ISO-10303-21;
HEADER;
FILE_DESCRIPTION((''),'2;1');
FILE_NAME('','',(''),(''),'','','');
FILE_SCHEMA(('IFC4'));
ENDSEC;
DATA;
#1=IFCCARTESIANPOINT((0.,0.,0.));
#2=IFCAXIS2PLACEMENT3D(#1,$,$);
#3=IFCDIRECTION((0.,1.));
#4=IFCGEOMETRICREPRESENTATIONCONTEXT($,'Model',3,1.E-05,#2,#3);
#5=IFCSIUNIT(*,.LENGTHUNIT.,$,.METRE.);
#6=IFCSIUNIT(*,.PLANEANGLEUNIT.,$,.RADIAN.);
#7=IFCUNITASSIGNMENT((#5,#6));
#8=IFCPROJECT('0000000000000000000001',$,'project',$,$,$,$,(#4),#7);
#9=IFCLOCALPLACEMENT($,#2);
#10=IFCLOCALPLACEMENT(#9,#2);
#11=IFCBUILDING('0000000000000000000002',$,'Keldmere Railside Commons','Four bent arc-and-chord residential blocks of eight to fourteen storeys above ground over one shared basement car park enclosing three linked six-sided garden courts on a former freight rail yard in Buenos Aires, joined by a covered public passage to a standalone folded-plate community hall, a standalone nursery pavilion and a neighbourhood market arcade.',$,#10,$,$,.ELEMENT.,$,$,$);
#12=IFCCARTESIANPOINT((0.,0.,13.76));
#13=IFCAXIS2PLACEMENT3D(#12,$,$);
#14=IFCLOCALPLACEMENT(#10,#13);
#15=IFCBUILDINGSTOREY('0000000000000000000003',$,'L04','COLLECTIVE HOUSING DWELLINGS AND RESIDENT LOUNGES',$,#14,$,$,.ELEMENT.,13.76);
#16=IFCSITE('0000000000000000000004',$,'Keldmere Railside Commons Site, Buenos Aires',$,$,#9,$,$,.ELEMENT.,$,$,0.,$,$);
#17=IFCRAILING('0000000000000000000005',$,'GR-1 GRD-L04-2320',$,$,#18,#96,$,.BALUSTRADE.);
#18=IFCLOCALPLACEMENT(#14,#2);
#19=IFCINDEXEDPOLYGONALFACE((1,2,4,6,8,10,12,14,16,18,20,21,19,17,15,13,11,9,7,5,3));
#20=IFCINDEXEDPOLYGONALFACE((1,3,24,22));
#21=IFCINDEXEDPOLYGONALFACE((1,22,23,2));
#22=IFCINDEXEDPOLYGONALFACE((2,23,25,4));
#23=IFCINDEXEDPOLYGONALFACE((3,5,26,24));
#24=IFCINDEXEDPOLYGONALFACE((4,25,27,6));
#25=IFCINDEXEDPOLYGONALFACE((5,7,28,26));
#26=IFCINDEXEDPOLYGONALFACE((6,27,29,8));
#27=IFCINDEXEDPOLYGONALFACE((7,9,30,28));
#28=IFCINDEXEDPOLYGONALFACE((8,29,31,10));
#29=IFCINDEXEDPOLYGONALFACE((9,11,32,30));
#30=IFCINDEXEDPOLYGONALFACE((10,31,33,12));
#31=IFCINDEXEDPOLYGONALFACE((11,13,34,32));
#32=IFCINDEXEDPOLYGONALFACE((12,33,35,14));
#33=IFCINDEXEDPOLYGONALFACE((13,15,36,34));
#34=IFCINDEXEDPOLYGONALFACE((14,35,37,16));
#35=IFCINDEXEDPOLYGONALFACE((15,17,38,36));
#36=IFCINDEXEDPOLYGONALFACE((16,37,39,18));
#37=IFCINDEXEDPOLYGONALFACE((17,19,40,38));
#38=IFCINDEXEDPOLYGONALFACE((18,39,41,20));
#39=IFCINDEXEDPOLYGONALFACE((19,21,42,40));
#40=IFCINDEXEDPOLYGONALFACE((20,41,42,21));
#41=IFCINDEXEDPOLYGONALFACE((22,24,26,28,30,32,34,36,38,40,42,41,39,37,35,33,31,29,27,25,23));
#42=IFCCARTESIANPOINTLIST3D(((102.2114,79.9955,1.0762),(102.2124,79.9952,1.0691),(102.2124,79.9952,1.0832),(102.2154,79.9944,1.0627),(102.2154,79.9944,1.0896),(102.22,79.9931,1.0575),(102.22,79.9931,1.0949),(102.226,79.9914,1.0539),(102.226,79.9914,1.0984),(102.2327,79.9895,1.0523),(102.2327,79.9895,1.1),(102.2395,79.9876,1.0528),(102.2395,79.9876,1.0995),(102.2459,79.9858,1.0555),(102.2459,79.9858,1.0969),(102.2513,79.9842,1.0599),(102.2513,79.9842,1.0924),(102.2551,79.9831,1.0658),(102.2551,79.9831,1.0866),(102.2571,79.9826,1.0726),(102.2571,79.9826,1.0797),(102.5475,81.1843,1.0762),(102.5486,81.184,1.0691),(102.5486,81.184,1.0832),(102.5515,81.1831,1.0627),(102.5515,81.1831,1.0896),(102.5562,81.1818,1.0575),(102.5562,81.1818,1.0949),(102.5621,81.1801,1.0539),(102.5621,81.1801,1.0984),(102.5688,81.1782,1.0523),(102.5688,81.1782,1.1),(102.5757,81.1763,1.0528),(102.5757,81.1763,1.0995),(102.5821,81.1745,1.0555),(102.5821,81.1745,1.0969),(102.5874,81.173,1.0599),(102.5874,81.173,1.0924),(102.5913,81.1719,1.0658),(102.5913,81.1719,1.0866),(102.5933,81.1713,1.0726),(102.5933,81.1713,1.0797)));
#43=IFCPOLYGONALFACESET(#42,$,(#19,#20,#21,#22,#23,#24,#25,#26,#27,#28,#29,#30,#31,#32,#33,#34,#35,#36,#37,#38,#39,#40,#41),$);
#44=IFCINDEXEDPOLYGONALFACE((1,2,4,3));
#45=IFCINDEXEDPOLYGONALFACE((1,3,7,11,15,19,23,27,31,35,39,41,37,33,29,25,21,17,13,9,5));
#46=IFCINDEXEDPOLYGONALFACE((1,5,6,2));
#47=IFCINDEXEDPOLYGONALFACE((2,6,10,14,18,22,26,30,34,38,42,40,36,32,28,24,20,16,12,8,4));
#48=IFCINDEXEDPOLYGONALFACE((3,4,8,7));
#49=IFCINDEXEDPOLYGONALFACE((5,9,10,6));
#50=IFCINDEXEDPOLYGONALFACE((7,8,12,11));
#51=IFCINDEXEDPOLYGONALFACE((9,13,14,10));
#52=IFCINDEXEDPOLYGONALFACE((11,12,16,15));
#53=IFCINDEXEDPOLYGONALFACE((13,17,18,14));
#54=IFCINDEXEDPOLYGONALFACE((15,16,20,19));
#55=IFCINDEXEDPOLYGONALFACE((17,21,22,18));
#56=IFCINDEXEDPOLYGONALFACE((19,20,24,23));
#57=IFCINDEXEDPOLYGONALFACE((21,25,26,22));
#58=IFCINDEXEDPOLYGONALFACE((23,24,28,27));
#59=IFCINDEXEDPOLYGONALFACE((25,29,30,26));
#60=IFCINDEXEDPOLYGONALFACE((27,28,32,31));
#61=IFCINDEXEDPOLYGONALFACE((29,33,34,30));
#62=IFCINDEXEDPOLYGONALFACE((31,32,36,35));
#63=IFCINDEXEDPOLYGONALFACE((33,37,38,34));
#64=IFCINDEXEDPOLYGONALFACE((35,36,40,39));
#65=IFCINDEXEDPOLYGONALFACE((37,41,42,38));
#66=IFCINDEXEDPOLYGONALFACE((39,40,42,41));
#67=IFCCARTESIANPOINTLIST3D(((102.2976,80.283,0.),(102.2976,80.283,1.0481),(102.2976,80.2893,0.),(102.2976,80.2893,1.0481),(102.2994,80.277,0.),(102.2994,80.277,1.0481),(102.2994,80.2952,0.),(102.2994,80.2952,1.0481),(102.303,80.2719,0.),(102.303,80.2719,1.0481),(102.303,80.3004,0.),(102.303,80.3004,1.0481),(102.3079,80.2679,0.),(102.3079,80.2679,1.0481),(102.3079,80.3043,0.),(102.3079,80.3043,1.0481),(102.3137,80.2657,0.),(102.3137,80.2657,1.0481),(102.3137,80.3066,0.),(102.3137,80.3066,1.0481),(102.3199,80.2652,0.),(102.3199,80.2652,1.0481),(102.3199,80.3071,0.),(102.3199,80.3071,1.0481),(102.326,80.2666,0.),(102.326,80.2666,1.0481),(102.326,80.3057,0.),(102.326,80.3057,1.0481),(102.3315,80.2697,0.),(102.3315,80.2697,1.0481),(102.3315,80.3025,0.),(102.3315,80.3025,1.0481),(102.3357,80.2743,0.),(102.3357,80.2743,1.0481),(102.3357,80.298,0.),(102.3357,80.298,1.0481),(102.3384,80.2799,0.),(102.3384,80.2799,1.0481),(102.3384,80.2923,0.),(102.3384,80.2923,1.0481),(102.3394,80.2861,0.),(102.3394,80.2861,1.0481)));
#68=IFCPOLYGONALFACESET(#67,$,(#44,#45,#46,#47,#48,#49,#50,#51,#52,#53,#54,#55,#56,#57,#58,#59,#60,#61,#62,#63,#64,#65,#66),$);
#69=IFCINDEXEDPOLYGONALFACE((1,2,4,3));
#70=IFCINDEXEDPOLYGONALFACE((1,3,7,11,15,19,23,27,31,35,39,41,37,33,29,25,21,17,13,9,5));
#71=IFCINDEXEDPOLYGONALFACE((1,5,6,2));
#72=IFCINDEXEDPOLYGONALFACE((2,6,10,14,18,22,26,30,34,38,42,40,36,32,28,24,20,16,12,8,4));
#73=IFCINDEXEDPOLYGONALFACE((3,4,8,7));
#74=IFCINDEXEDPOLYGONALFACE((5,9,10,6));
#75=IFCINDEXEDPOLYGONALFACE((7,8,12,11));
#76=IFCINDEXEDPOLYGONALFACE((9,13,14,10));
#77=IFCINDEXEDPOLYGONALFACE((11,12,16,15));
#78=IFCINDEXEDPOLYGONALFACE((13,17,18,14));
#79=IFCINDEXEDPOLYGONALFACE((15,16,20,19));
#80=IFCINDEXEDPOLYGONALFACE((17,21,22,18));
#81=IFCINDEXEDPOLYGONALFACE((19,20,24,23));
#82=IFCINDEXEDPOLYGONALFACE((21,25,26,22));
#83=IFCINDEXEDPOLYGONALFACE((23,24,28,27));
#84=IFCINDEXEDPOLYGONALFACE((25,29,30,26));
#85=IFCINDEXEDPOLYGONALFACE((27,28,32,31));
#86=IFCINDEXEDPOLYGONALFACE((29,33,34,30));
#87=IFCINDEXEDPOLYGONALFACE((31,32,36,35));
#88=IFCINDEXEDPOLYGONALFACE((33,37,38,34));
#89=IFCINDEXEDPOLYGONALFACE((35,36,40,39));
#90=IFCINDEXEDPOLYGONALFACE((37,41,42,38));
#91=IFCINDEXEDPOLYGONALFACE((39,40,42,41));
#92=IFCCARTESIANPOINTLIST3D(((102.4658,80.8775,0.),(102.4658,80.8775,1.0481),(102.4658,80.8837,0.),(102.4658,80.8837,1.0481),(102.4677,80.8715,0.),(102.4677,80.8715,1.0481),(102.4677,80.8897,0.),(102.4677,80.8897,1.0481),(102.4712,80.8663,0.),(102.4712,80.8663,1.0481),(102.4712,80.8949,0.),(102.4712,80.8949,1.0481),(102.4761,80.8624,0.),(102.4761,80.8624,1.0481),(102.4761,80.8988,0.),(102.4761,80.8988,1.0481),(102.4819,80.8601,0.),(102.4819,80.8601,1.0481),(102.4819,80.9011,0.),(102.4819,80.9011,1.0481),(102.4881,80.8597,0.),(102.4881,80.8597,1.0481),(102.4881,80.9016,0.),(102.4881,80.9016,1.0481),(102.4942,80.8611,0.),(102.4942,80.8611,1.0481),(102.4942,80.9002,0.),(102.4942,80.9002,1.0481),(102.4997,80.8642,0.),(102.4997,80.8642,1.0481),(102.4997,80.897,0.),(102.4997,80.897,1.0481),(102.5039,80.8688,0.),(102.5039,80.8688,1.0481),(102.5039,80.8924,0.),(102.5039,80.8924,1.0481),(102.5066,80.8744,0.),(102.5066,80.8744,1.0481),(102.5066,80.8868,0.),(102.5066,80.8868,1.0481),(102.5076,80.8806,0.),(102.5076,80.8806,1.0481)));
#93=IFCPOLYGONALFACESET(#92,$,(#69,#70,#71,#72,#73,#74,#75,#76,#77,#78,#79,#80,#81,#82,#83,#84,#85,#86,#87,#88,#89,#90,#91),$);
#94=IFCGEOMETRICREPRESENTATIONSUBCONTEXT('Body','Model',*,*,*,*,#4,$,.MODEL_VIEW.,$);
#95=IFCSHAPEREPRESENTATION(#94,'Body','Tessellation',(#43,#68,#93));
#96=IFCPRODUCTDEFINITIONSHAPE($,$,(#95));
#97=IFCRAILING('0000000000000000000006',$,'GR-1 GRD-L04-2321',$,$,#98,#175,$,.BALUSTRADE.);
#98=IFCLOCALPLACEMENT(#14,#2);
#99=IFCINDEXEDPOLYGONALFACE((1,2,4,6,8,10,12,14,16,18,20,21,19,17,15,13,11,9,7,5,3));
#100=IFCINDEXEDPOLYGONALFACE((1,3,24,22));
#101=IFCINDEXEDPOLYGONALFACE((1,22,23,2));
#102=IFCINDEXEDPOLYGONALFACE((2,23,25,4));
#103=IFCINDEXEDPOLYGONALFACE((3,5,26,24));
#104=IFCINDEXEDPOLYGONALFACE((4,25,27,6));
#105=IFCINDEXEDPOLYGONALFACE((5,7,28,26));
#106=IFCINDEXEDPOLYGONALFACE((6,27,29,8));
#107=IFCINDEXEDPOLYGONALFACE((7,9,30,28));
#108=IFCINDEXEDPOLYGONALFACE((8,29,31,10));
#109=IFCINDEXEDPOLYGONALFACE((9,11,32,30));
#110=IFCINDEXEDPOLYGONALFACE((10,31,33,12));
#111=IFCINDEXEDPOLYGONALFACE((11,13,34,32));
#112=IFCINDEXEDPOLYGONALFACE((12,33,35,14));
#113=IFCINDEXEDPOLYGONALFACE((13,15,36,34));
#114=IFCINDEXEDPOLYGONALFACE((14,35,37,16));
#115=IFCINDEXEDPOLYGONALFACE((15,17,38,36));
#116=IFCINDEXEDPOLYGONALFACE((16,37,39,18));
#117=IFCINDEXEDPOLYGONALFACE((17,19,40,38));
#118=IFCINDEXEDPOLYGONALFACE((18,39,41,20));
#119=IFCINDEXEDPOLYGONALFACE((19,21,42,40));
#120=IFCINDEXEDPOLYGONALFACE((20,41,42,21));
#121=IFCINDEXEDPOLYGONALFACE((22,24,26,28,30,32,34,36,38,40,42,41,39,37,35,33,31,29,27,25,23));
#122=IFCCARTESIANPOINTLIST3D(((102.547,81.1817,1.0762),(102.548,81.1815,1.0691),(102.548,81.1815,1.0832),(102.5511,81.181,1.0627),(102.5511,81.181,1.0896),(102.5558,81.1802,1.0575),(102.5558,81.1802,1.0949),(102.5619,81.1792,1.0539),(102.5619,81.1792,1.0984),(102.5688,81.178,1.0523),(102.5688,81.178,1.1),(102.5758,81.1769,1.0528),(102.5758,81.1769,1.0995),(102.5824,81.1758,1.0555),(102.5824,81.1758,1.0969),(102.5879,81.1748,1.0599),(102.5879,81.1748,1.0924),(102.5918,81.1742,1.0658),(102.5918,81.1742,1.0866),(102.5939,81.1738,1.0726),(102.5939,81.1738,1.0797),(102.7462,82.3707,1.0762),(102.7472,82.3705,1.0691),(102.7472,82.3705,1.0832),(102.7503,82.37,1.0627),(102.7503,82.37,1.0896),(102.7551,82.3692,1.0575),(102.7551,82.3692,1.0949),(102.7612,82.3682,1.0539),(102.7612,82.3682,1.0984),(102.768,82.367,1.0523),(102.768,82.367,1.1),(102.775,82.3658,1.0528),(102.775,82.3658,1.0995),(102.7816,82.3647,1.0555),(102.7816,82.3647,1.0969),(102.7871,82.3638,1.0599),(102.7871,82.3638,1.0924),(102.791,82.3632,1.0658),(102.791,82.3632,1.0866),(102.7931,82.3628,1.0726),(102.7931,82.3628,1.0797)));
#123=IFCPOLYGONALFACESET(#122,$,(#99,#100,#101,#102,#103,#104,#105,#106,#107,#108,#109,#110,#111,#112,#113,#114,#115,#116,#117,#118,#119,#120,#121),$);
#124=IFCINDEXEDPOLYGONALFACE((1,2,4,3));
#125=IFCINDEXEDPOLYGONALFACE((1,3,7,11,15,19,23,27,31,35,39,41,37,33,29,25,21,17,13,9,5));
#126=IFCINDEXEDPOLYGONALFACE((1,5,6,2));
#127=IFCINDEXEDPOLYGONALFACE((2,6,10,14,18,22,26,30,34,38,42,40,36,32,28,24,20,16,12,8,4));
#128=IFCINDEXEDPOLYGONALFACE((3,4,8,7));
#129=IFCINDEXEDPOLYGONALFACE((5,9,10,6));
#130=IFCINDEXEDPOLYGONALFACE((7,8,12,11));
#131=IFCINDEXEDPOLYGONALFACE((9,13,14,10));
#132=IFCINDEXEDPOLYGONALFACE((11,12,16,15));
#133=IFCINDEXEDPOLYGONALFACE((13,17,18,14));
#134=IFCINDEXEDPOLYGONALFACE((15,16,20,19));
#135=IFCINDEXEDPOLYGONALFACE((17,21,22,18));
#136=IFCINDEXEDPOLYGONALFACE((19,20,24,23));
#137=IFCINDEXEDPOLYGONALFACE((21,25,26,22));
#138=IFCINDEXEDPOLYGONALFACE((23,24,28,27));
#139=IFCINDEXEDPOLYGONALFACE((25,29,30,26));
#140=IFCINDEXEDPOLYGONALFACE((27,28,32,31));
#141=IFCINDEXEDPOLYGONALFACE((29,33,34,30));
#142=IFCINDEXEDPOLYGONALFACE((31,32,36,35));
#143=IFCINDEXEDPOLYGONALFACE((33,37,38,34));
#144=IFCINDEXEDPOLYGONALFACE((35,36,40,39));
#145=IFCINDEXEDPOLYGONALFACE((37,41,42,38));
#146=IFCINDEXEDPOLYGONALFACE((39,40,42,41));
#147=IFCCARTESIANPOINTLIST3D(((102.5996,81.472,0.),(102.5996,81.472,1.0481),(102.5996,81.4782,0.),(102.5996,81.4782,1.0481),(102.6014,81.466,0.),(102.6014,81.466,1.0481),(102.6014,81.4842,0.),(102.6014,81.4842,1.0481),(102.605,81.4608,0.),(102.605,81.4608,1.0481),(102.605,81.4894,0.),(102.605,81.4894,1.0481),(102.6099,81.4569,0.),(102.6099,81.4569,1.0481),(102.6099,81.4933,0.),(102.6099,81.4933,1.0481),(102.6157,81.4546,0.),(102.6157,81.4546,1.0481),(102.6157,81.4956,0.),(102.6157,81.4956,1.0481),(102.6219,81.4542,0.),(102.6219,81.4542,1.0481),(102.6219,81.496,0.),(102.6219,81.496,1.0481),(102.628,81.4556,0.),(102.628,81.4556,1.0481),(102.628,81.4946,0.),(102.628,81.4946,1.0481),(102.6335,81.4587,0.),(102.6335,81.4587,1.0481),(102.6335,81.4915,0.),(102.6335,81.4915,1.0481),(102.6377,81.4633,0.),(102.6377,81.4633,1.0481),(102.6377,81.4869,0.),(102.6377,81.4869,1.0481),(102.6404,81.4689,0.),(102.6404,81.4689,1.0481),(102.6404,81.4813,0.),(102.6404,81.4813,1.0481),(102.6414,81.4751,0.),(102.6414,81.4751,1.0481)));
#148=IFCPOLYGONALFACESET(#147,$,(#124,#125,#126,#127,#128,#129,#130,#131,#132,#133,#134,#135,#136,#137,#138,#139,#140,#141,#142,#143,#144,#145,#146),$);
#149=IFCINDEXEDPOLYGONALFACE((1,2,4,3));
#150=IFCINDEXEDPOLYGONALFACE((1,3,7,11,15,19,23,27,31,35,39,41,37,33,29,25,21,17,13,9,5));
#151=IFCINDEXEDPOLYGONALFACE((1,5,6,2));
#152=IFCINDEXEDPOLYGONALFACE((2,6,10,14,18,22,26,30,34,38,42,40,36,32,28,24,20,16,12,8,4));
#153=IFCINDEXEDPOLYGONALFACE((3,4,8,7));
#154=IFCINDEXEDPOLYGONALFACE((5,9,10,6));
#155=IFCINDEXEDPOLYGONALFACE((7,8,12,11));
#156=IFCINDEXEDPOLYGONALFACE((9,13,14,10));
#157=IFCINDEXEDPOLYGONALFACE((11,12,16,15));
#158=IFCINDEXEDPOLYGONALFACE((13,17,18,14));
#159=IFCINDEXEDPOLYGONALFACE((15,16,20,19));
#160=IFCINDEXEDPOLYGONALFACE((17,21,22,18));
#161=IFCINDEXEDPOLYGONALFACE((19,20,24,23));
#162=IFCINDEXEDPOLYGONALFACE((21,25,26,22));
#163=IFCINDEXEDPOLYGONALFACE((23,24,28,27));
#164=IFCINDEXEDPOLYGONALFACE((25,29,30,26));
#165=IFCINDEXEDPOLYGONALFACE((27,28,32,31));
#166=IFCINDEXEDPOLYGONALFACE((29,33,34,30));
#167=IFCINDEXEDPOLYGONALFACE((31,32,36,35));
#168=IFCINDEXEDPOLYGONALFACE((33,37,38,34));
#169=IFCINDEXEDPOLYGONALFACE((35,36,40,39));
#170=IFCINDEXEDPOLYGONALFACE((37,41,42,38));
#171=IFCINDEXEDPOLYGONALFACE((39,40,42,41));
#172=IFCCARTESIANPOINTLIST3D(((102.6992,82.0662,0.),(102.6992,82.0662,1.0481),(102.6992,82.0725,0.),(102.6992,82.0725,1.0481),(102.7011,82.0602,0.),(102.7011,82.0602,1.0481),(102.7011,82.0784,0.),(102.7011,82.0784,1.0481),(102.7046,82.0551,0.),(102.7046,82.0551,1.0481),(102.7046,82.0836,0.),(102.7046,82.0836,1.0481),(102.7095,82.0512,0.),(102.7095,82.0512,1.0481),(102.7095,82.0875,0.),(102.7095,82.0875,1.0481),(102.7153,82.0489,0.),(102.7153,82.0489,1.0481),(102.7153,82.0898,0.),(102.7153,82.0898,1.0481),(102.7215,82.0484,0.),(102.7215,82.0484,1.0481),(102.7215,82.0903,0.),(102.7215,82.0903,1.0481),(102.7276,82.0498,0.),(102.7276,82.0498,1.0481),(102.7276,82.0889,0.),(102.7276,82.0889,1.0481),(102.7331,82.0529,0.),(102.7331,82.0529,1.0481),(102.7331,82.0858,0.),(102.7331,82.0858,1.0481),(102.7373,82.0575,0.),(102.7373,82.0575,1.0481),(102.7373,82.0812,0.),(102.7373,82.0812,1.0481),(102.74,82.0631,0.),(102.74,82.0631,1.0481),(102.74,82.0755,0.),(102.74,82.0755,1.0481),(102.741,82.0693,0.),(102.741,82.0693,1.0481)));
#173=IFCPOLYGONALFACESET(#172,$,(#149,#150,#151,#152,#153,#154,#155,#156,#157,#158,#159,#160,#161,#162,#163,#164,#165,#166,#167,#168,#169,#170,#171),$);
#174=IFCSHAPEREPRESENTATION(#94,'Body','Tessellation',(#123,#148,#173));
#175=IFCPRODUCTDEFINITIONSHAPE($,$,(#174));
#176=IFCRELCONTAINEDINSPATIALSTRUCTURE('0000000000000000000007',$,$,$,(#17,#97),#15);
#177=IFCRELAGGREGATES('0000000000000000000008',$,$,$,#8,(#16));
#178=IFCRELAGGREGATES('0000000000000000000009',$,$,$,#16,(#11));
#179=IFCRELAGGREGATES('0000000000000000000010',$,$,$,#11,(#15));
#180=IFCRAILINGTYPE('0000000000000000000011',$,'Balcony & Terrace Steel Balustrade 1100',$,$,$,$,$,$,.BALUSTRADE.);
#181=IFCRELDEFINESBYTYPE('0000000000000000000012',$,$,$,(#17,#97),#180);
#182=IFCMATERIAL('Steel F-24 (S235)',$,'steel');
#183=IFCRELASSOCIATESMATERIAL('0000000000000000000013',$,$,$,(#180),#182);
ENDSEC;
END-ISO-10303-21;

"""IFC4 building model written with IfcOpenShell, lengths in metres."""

from ifc_helpers import new_model, si_unit, direction, frame, origin, origin_2d, place, context, subcontext, project, spatial, circle, extrude, material, type_object, element, save


model = new_model("IFC4")

# Units and contexts
model_context = context("Model", 3, precision=1e-05, world=origin(), true_north=direction((0.0, 1.0)))
body_context = subcontext(model_context, "Body", "Model", "MODEL_VIEW")
ifc_project = project(units=[si_unit("LENGTHUNIT", "METRE"), si_unit("PLANEANGLEUNIT", "RADIAN")], contexts=[model_context])

# Site, building, storey
site_placement = place(None, origin())
site = spatial("IfcSite", under=ifc_project, at=site_placement, Name="Keldmere Railside Commons Site, Buenos Aires", CompositionType="ELEMENT", RefElevation=0.0)
building_placement = place(site_placement, origin())
building = spatial("IfcBuilding", under=site, at=building_placement, Name="Keldmere Railside Commons", Description="Four bent arc-and-chord residential blocks of eight to fourteen storeys above ground over one shared basement car park enclosing three linked six-sided garden courts on a former freight rail yard in Buenos Aires, joined by a covered public passage to a standalone folded-plate community hall, a standalone nursery pavilion and a neighbourhood market arcade.", CompositionType="ELEMENT")
storey_placement = place(building_placement, frame((0.0, 0.0, 13.76)))
storey = spatial("IfcBuildingStorey", under=building, at=storey_placement, Name="L04", Description="COLLECTIVE HOUSING DWELLINGS AND RESIDENT LOUNGES", CompositionType="ELEMENT", Elevation=13.76)

# Shared definitions
ifc_material_1 = material(Name="Steel F-24 (S235)", Category="steel")

# Railings
railing_type = type_object("IfcRailingType", Name="Balcony & Terrace Steel Balustrade 1100", PredefinedType="BALUSTRADE", material=ifc_material_1)
railing_1_placement = place(storey_placement, frame((102.2344, 79.989, 0.0)))
element("IfcRailing", 1, at=railing_1_placement, inside=storey, type_object=railing_type, Name="GR-1 GRD-L04-2320", PredefinedType="BALUSTRADE", context=body_context, shape_type="SweptSolid", body=[
    extrude(circle(Radius=0.0239, at=origin_2d()), frame((0.0, 0.0, 1.0762), z_axis=(0.272136, 0.962259, 0.0), x_axis=(-0.962259, 0.272136, 0.0)), (0.0, 0.0, 1.0), 1.2354),
    extrude(circle(Radius=0.021, at=origin_2d()), frame((0.084, 0.2971, 0.0)), (0.0, 0.0, 1.0), 1.0481),
    extrude(circle(Radius=0.021, at=origin_2d()), frame((0.2522, 0.8916, 0.0)), (0.0, 0.0, 1.0), 1.0481),
])
railing_2_placement = place(storey_placement, frame((102.5706, 81.1777, 0.0)))
element("IfcRailing", 2, at=railing_2_placement, inside=storey, type_object=railing_type, Name="GR-1 GRD-L04-2321", PredefinedType="BALUSTRADE", context=body_context, shape_type="SweptSolid", body=[
    extrude(circle(Radius=0.0239, at=origin_2d()), frame((0.0, 0.0, 1.0762), z_axis=(0.165253, 0.986251, 0.0), x_axis=(-0.986251, 0.165253, 0.0)), (0.0, 0.0, 1.0), 1.2056),
    extrude(circle(Radius=0.021, at=origin_2d()), frame((0.0498, 0.2974, 0.0)), (0.0, 0.0, 1.0), 1.0481),
    extrude(circle(Radius=0.021, at=origin_2d()), frame((0.1494, 0.8916, 0.0)), (0.0, 0.0, 1.0), 1.0481),
])

save(model, "model.ifc")
